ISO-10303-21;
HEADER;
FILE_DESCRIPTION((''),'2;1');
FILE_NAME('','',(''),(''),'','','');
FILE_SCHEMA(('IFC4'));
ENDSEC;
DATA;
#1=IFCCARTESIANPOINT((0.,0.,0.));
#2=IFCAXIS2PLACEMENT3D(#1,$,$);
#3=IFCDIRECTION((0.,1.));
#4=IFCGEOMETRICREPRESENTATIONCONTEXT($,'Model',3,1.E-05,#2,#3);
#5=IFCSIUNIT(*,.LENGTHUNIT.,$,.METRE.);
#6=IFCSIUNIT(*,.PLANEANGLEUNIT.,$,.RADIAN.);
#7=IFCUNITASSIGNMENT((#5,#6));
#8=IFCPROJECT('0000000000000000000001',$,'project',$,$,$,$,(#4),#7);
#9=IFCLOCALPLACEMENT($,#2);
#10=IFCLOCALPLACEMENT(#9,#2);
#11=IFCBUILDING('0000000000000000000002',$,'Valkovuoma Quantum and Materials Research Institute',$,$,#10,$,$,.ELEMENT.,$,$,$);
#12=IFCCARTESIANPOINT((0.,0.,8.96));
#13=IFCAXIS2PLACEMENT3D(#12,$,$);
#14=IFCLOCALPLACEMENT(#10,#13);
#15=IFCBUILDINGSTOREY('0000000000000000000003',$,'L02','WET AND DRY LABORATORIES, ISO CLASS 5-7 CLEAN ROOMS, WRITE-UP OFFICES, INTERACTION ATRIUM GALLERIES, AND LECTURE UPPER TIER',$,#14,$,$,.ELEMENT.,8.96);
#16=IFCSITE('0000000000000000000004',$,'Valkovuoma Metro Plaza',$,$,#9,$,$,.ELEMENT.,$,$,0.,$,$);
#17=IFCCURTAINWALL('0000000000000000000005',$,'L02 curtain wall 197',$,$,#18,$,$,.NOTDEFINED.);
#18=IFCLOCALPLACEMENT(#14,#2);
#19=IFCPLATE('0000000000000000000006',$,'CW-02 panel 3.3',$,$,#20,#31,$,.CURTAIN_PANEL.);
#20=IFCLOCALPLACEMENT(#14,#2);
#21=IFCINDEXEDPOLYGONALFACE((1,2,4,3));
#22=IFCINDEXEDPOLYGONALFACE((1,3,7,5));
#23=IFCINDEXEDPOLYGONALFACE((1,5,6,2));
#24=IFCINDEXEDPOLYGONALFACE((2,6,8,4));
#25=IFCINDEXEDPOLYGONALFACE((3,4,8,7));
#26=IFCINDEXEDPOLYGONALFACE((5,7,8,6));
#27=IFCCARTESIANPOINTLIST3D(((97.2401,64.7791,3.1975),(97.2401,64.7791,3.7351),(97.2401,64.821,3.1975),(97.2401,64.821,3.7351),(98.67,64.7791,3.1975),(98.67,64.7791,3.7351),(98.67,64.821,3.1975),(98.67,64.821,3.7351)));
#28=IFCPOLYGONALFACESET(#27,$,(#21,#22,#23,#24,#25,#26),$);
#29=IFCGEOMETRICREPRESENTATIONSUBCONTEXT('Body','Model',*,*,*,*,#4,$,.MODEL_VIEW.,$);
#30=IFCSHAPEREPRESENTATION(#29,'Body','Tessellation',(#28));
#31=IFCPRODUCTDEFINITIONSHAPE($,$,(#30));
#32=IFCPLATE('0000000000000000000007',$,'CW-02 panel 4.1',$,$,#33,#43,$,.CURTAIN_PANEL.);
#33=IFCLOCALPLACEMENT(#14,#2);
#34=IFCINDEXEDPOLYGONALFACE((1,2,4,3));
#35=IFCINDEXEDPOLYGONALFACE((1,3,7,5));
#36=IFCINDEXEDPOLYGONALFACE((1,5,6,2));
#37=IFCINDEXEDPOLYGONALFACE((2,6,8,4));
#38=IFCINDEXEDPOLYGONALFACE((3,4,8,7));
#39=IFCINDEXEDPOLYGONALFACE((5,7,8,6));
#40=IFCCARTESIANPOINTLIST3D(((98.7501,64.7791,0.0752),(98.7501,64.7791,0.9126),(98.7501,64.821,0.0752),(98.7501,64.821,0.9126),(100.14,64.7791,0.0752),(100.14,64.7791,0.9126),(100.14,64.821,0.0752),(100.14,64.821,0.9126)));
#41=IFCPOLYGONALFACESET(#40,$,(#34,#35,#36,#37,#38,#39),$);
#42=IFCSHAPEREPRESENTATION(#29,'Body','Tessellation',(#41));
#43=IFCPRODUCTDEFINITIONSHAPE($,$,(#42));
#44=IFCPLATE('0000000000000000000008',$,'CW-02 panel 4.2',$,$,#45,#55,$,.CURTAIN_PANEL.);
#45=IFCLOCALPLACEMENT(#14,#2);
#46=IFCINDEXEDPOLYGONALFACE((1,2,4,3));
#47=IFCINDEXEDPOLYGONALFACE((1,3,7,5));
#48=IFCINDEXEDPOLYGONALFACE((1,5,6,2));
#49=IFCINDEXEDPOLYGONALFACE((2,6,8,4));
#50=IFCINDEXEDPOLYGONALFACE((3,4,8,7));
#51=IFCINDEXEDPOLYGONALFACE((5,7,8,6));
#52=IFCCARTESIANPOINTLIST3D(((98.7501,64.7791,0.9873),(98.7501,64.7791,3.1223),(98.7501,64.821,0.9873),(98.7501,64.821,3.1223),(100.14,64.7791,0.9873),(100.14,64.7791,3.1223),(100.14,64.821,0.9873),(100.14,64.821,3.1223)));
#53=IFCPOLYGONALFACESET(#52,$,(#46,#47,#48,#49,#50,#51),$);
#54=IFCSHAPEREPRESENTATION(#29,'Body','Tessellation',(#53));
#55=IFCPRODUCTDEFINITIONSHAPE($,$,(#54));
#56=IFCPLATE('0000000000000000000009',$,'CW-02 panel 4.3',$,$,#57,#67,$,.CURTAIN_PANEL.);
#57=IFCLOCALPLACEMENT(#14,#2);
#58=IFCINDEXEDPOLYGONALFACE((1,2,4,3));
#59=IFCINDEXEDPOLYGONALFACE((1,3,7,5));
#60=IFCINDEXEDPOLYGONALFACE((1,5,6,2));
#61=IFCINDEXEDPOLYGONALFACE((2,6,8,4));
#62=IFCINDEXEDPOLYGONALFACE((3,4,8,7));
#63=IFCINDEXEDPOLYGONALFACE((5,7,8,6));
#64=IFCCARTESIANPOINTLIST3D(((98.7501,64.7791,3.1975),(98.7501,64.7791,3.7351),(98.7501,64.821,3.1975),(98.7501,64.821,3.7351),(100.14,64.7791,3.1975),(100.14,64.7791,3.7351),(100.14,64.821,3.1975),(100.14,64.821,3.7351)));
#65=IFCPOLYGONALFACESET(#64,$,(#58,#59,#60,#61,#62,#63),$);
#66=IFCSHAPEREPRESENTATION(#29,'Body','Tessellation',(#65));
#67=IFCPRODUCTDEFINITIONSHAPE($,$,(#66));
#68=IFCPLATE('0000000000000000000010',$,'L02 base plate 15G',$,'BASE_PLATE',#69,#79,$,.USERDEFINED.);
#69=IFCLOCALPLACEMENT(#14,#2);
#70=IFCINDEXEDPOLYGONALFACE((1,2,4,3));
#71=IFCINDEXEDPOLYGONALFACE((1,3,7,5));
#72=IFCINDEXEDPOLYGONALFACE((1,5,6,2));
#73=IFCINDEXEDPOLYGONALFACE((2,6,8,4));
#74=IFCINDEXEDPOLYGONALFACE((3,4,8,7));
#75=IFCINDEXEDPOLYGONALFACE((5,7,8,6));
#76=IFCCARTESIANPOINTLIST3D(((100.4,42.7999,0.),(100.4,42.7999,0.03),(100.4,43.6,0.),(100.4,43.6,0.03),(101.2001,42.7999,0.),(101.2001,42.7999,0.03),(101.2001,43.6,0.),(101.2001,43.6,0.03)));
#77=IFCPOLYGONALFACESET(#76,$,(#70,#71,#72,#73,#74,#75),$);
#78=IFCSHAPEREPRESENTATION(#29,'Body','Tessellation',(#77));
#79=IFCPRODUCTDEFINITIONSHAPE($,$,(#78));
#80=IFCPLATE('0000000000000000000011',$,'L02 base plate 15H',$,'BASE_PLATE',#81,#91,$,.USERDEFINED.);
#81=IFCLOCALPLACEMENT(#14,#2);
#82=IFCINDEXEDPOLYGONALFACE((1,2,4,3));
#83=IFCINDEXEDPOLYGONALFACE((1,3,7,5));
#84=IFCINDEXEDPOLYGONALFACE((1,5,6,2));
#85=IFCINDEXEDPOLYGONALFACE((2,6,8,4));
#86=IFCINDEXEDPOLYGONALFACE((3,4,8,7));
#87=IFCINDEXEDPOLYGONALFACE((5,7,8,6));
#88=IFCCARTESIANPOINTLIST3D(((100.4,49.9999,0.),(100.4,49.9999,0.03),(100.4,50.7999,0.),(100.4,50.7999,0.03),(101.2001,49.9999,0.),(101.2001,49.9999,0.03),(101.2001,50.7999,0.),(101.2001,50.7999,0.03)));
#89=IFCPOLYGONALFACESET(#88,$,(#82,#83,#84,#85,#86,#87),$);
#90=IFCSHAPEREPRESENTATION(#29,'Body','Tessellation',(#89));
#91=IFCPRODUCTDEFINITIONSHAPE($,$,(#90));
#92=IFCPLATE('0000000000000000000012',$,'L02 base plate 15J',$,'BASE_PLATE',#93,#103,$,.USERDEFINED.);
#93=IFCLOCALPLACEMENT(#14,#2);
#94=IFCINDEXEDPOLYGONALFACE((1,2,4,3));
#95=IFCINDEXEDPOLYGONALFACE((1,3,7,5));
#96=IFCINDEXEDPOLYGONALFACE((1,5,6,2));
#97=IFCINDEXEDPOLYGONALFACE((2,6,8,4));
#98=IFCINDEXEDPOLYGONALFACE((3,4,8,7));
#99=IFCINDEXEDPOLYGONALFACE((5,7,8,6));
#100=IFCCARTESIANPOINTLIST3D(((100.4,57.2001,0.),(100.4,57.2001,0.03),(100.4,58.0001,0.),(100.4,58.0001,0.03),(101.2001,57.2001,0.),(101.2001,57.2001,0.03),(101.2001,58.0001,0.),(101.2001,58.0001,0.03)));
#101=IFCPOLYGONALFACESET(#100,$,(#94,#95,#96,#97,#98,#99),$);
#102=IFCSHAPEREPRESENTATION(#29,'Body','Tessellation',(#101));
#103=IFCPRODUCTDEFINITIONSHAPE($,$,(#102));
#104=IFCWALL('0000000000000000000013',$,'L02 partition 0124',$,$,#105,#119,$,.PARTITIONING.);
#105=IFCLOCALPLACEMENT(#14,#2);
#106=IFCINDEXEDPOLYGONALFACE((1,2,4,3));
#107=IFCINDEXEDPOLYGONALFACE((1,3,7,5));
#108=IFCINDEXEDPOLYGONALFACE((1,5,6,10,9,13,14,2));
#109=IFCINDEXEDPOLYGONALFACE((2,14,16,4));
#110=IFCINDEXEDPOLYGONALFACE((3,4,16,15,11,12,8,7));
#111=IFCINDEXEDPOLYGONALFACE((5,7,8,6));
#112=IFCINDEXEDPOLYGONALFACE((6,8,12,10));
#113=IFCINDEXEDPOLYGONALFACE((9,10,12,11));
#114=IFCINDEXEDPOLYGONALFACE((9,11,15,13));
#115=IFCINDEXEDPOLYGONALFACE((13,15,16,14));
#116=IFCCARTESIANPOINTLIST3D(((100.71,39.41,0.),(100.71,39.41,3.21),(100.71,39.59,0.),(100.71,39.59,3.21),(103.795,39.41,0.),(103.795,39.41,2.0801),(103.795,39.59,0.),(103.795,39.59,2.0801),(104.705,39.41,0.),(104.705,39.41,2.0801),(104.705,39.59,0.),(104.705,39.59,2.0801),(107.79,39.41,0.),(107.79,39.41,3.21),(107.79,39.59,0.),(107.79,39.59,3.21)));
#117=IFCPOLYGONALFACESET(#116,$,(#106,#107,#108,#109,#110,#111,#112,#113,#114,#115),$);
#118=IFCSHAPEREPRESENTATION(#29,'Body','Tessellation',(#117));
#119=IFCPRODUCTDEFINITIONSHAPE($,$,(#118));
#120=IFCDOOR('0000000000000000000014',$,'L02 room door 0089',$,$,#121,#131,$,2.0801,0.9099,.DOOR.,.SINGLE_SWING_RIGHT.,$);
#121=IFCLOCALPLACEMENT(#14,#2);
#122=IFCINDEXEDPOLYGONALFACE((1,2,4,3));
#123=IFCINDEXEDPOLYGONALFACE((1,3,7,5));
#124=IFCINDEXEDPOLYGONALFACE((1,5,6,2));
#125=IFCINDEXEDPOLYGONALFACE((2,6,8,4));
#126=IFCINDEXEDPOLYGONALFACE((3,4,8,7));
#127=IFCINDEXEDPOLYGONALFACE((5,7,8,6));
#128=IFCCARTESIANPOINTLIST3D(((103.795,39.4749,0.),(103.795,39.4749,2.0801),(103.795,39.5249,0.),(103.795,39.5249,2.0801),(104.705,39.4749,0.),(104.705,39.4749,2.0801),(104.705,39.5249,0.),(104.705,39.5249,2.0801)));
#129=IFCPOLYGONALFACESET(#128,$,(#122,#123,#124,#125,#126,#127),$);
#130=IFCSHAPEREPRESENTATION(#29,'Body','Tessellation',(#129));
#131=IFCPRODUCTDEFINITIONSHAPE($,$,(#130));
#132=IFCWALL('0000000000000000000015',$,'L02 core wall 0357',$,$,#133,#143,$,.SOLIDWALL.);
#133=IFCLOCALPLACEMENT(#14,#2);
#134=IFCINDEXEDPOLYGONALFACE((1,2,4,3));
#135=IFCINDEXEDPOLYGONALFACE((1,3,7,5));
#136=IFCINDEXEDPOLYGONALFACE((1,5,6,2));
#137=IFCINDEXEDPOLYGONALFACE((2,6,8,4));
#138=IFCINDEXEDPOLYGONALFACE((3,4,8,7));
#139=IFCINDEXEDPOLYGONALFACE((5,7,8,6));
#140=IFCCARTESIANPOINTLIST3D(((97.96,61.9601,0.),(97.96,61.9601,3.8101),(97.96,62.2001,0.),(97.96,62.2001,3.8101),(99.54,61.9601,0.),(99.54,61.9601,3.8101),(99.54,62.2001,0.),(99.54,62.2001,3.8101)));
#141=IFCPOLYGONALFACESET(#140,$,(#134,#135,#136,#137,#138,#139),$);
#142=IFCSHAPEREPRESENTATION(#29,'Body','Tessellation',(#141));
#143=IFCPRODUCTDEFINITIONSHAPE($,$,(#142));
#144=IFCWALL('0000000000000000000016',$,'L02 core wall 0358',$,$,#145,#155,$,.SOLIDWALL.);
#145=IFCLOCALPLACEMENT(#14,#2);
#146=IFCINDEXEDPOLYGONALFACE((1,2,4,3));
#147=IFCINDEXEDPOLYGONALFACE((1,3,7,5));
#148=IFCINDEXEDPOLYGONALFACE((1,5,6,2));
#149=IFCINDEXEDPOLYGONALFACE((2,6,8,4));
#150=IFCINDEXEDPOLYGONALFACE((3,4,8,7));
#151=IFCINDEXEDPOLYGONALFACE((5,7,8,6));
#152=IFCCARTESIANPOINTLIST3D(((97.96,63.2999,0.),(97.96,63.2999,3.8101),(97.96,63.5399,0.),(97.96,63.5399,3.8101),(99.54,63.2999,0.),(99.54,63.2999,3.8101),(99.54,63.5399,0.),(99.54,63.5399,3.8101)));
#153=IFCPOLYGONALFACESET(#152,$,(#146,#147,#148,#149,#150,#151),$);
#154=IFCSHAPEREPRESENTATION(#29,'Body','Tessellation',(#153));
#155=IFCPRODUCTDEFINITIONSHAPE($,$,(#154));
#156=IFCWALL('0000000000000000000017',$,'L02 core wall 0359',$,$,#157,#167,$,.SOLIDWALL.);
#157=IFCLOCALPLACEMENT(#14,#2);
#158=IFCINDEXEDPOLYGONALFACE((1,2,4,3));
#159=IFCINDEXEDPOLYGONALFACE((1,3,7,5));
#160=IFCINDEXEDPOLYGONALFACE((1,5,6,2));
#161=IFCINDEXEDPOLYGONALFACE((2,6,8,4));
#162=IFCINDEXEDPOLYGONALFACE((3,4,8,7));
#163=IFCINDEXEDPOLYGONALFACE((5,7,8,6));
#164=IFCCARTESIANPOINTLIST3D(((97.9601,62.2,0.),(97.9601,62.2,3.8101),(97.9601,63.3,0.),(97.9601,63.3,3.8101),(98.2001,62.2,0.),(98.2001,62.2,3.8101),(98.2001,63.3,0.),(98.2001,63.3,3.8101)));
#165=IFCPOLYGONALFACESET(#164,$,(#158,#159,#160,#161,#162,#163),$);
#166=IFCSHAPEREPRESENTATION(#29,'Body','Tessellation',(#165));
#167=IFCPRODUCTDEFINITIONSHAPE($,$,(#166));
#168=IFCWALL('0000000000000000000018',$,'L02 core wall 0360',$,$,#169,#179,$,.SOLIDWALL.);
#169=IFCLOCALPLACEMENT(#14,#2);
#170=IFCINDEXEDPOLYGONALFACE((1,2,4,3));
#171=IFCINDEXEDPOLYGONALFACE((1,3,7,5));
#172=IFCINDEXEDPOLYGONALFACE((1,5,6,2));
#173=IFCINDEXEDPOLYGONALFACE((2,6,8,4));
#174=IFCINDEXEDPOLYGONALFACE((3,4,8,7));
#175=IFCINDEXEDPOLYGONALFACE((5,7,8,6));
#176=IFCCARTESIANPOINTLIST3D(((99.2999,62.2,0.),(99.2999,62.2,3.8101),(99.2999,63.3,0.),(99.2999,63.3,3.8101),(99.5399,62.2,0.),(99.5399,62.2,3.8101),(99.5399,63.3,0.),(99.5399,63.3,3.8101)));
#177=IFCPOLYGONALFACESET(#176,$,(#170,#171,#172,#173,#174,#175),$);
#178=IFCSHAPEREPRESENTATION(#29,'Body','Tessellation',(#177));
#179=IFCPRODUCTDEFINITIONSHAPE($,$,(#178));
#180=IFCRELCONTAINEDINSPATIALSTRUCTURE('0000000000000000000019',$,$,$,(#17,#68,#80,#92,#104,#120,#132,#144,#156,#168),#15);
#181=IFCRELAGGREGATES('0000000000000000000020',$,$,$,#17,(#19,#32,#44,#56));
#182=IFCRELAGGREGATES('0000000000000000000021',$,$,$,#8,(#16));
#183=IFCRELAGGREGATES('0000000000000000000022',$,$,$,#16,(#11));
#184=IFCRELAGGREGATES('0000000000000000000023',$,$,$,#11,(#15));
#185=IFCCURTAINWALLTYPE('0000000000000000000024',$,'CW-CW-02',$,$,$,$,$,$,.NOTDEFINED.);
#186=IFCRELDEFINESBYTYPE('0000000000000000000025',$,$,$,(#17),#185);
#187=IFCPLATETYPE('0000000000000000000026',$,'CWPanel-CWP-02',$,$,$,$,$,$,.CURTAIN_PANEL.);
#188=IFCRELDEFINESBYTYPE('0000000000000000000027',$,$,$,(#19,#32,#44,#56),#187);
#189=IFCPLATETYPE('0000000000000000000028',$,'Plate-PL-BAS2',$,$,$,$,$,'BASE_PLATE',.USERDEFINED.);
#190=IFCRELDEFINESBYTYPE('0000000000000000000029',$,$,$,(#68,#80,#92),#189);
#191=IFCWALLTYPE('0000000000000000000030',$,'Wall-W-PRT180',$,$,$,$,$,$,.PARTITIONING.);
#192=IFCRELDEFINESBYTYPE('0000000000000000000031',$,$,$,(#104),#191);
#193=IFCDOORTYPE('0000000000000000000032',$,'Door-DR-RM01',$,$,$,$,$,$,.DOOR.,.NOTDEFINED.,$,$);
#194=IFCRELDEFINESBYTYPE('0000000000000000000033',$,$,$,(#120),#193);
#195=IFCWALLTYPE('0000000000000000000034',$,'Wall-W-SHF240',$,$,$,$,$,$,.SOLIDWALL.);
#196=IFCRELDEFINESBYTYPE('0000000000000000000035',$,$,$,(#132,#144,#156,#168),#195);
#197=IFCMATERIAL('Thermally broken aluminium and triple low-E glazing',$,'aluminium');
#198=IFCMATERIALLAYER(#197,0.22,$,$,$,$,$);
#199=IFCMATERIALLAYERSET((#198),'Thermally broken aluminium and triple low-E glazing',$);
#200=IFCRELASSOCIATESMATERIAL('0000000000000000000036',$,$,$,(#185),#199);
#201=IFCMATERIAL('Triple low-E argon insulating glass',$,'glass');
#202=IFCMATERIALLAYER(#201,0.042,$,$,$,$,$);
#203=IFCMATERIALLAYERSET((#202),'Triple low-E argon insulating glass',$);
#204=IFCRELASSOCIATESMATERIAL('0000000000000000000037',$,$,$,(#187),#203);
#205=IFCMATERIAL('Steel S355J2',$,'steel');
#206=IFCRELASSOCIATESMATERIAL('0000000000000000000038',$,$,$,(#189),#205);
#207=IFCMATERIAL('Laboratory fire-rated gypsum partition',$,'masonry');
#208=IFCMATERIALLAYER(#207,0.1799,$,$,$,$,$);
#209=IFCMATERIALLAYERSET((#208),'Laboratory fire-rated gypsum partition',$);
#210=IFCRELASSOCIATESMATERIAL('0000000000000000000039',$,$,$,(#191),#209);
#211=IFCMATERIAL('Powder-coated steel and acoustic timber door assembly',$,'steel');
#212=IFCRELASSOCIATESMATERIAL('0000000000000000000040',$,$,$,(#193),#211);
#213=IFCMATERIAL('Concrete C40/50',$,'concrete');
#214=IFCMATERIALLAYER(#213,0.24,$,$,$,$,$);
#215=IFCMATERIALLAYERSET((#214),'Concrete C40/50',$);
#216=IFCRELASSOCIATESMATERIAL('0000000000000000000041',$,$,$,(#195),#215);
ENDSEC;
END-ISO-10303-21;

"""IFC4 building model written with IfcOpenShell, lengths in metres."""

from ifc_helpers import new_model, si_unit, direction, frame, frame_2d, origin, origin_2d, place, context, subcontext, project, spatial, rectangle, extrude, material, layer, layer_set, type_object, element, fill, aggregate, save


model = new_model("IFC4")

# Units and contexts
model_context = context("Model", 3, precision=1e-05, world=origin(), true_north=direction((0.0, 1.0)))
body_context = subcontext(model_context, "Body", "Model", "MODEL_VIEW")
ifc_project = project(units=[si_unit("LENGTHUNIT", "METRE"), si_unit("PLANEANGLEUNIT", "RADIAN")], contexts=[model_context])

# Site, building, storey
site_placement = place(None, origin())
site = spatial("IfcSite", under=ifc_project, at=site_placement, Name="Valkovuoma Metro Plaza", CompositionType="ELEMENT", RefElevation=0.0)
building_placement = place(site_placement, origin())
building = spatial("IfcBuilding", under=site, at=building_placement, Name="Valkovuoma Quantum and Materials Research Institute", CompositionType="ELEMENT")
storey_placement = place(building_placement, frame((0.0, 0.0, 8.96)))
storey = spatial("IfcBuildingStorey", under=building, at=storey_placement, Name="L02", Description="WET AND DRY LABORATORIES, ISO CLASS 5-7 CLEAN ROOMS, WRITE-UP OFFICES, INTERACTION ATRIUM GALLERIES, AND LECTURE UPPER TIER", CompositionType="ELEMENT", Elevation=8.96)

# Curtain wall, plates
ifc_material_1 = material(Name="Thermally broken aluminium and triple low-E glazing", Category="aluminium")
ifc_layer_1 = layer(ifc_material_1, 0.22)
ifc_layer_set_1 = layer_set([ifc_layer_1], Name="Thermally broken aluminium and triple low-E glazing")
curtain_wall_type = type_object("IfcCurtainWallType", Name="CW-CW-02", PredefinedType="NOTDEFINED", material=ifc_layer_set_1)
curtain_wall_placement = place(storey_placement, origin())
curtain_wall = element("IfcCurtainWall", 1, at=curtain_wall_placement, inside=storey, type_object=curtain_wall_type, Name="L02 curtain wall 197", PredefinedType="NOTDEFINED")
ifc_material_2 = material(Name="Triple low-E argon insulating glass", Category="glass")
ifc_layer_2 = layer(ifc_material_2, 0.042)
ifc_layer_set_2 = layer_set([ifc_layer_2], Name="Triple low-E argon insulating glass")
plate_type_1 = type_object("IfcPlateType", Name="CWPanel-CWP-02", PredefinedType="CURTAIN_PANEL", material=ifc_layer_set_2)
plate_1_placement = place(storey_placement, frame((97.9551, 64.8, 3.1975), z_axis=(0.0, 0.0, 1.0), x_axis=(1.0, 0.0, 0.0)))
plate_1 = element("IfcPlate", 2, at=plate_1_placement, type_object=plate_type_1, Name="CW-02 panel 3.3", PredefinedType="CURTAIN_PANEL", context=body_context, shape_type="SweptSolid", body=[
    extrude(rectangle(XDim=1.4299, YDim=0.042, at=origin_2d()), origin(), (0.0, 0.0, 1.0), 0.5376),
])
plate_2_placement = place(storey_placement, frame((99.4451, 64.8, 0.0752), z_axis=(0.0, 0.0, 1.0), x_axis=(1.0, 0.0, 0.0)))
plate_2 = element("IfcPlate", 3, at=plate_2_placement, type_object=plate_type_1, Name="CW-02 panel 4.1", PredefinedType="CURTAIN_PANEL", context=body_context, shape_type="SweptSolid", body=[
    extrude(rectangle(XDim=1.3899, YDim=0.042, at=origin_2d()), origin(), (0.0, 0.0, 1.0), 0.8374),
])
plate_3_placement = place(storey_placement, frame((99.4451, 64.8, 0.9873), z_axis=(0.0, 0.0, 1.0), x_axis=(1.0, 0.0, 0.0)))
plate_3 = element("IfcPlate", 4, at=plate_3_placement, type_object=plate_type_1, Name="CW-02 panel 4.2", PredefinedType="CURTAIN_PANEL", context=body_context, shape_type="SweptSolid", body=[
    extrude(rectangle(XDim=1.3899, YDim=0.042, at=origin_2d()), origin(), (0.0, 0.0, 1.0), 2.135),
])
plate_4_placement = place(storey_placement, frame((99.4451, 64.8, 3.1975), z_axis=(0.0, 0.0, 1.0), x_axis=(1.0, 0.0, 0.0)))
plate_4 = element("IfcPlate", 5, at=plate_4_placement, type_object=plate_type_1, Name="CW-02 panel 4.3", PredefinedType="CURTAIN_PANEL", context=body_context, shape_type="SweptSolid", body=[
    extrude(rectangle(XDim=1.3899, YDim=0.042, at=origin_2d()), origin(), (0.0, 0.0, 1.0), 0.5376),
])
aggregate(curtain_wall, [plate_1, plate_2, plate_3, plate_4])

# Plates
ifc_material_3 = material(Name="Steel S355J2", Category="steel")
plate_type_2 = type_object("IfcPlateType", Name="Plate-PL-BAS2", ElementType="BASE_PLATE", PredefinedType="USERDEFINED", material=ifc_material_3)
for number, where, z_axis, x_axis, name in (
    (6, (100.8, 43.2, 0.0), (0.0, 0.0, 1.0), (1.0, 0.0, 0.0), "L02 base plate 15G"),
    (7, (100.8, 50.3999, 0.0), (0.0, 0.0, 1.0), (1.0, 0.0, 0.0), "L02 base plate 15H"),
    (8, (100.8, 57.6001, 0.0), (0.0, 0.0, 1.0), (1.0, 0.0, 0.0), "L02 base plate 15J"),
):
    element("IfcPlate", number, at=place(storey_placement, frame(where, z_axis=z_axis, x_axis=x_axis)), inside=storey, type_object=plate_type_2, Name=name, ObjectType="BASE_PLATE", PredefinedType="USERDEFINED", context=body_context, shape_type="SweptSolid", body=[
        extrude(rectangle(XDim=0.8, YDim=0.8, at=origin_2d()), origin(), (0.0, 0.0, 1.0), 0.03),
    ])

# Wall, opening, door
ifc_material_4 = material(Name="Laboratory fire-rated gypsum partition", Category="masonry")
ifc_layer_3 = layer(ifc_material_4, 0.1799)
ifc_layer_set_3 = layer_set([ifc_layer_3], Name="Laboratory fire-rated gypsum partition")
wall_type_1 = type_object("IfcWallType", Name="Wall-W-PRT180", PredefinedType="PARTITIONING", material=ifc_layer_set_3)
wall_placement = place(storey_placement, frame((100.71, 39.5, 0.0), z_axis=(0.0, 0.0, 1.0), x_axis=(1.0, 0.0, 0.0)))
wall = element("IfcWall", 9, at=wall_placement, inside=storey, type_object=wall_type_1, Name="L02 partition 0124", PredefinedType="PARTITIONING", context=body_context, shape_type="SweptSolid", body=[
    extrude(rectangle(XDim=7.0801, YDim=0.1799, at=frame_2d((3.54, 0.0))), origin(), (0.0, 0.0, 1.0), 3.21),
])
opening_placement = place(wall_placement, frame((3.085, 0.0, 0.0)))
opening = element("IfcOpeningElement", 10, at=opening_placement, cuts=wall, PredefinedType="OPENING", context=body_context, shape_type="SweptSolid", body=[
    extrude(rectangle(XDim=0.9099, YDim=2.0801, at=frame_2d((0.4551, 1.04))), frame((0.0, 0.1001, 0.0), z_axis=(0.0, -1.0, 0.0), x_axis=(1.0, 0.0, 0.0)), (0.0, 0.0, 1.0), 0.2),
])
ifc_material_5 = material(Name="Powder-coated steel and acoustic timber door assembly", Category="steel")
door_type = type_object("IfcDoorType", Name="Door-DR-RM01", OperationType="NOTDEFINED", PredefinedType="DOOR", material=ifc_material_5)
door_placement = place(opening_placement, origin())
door = element("IfcDoor", 11, at=door_placement, inside=storey, type_object=door_type, Name="L02 room door 0089", OperationType="SINGLE_SWING_RIGHT", OverallHeight=2.0801, OverallWidth=0.9099, PredefinedType="DOOR", context=body_context, shape_type="SweptSolid", body=[
    extrude(rectangle(XDim=0.9099, YDim=2.0801, at=frame_2d((0.4551, 1.04))), frame((0.0, 0.0249, 0.0), z_axis=(0.0, -1.0, 0.0), x_axis=(1.0, 0.0, 0.0)), (0.0, 0.0, 1.0), 0.05),
])
fill(opening, door)

# Walls
ifc_material_6 = material(Name="Concrete C40/50", Category="concrete")
ifc_layer_4 = layer(ifc_material_6, 0.24)
ifc_layer_set_4 = layer_set([ifc_layer_4], Name="Concrete C40/50")
wall_type_2 = type_object("IfcWallType", Name="Wall-W-SHF240", PredefinedType="SOLIDWALL", material=ifc_layer_set_4)
for number, where, z_axis, x_axis, name in (
    (12, (97.96, 62.0801, 0.0), (0.0, 0.0, 1.0), (1.0, 0.0, 0.0), "L02 core wall 0357"),
    (13, (97.96, 63.4199, 0.0), (0.0, 0.0, 1.0), (1.0, 0.0, 0.0), "L02 core wall 0358"),
):
    element("IfcWall", number, at=place(storey_placement, frame(where, z_axis=z_axis, x_axis=x_axis)), inside=storey, type_object=wall_type_2, Name=name, PredefinedType="SOLIDWALL", context=body_context, shape_type="SweptSolid", body=[
        extrude(rectangle(XDim=1.5801, YDim=0.24, at=frame_2d((0.79, 0.0))), origin(), (0.0, 0.0, 1.0), 3.8101),
    ])
for number, where, z_axis, x_axis, name in (
    (14, (98.0801, 62.2, 0.0), (0.0, 0.0, 1.0), (0.0, 1.0, 0.0), "L02 core wall 0359"),
    (15, (99.4199, 62.2, 0.0), (0.0, 0.0, 1.0), (0.0, 1.0, 0.0), "L02 core wall 0360"),
):
    element("IfcWall", number, at=place(storey_placement, frame(where, z_axis=z_axis, x_axis=x_axis)), inside=storey, type_object=wall_type_2, Name=name, PredefinedType="SOLIDWALL", context=body_context, shape_type="SweptSolid", body=[
        extrude(rectangle(XDim=1.1001, YDim=0.24, at=frame_2d((0.55, 0.0))), origin(), (0.0, 0.0, 1.0), 3.8101),
    ])

save(model, "model.ifc")
